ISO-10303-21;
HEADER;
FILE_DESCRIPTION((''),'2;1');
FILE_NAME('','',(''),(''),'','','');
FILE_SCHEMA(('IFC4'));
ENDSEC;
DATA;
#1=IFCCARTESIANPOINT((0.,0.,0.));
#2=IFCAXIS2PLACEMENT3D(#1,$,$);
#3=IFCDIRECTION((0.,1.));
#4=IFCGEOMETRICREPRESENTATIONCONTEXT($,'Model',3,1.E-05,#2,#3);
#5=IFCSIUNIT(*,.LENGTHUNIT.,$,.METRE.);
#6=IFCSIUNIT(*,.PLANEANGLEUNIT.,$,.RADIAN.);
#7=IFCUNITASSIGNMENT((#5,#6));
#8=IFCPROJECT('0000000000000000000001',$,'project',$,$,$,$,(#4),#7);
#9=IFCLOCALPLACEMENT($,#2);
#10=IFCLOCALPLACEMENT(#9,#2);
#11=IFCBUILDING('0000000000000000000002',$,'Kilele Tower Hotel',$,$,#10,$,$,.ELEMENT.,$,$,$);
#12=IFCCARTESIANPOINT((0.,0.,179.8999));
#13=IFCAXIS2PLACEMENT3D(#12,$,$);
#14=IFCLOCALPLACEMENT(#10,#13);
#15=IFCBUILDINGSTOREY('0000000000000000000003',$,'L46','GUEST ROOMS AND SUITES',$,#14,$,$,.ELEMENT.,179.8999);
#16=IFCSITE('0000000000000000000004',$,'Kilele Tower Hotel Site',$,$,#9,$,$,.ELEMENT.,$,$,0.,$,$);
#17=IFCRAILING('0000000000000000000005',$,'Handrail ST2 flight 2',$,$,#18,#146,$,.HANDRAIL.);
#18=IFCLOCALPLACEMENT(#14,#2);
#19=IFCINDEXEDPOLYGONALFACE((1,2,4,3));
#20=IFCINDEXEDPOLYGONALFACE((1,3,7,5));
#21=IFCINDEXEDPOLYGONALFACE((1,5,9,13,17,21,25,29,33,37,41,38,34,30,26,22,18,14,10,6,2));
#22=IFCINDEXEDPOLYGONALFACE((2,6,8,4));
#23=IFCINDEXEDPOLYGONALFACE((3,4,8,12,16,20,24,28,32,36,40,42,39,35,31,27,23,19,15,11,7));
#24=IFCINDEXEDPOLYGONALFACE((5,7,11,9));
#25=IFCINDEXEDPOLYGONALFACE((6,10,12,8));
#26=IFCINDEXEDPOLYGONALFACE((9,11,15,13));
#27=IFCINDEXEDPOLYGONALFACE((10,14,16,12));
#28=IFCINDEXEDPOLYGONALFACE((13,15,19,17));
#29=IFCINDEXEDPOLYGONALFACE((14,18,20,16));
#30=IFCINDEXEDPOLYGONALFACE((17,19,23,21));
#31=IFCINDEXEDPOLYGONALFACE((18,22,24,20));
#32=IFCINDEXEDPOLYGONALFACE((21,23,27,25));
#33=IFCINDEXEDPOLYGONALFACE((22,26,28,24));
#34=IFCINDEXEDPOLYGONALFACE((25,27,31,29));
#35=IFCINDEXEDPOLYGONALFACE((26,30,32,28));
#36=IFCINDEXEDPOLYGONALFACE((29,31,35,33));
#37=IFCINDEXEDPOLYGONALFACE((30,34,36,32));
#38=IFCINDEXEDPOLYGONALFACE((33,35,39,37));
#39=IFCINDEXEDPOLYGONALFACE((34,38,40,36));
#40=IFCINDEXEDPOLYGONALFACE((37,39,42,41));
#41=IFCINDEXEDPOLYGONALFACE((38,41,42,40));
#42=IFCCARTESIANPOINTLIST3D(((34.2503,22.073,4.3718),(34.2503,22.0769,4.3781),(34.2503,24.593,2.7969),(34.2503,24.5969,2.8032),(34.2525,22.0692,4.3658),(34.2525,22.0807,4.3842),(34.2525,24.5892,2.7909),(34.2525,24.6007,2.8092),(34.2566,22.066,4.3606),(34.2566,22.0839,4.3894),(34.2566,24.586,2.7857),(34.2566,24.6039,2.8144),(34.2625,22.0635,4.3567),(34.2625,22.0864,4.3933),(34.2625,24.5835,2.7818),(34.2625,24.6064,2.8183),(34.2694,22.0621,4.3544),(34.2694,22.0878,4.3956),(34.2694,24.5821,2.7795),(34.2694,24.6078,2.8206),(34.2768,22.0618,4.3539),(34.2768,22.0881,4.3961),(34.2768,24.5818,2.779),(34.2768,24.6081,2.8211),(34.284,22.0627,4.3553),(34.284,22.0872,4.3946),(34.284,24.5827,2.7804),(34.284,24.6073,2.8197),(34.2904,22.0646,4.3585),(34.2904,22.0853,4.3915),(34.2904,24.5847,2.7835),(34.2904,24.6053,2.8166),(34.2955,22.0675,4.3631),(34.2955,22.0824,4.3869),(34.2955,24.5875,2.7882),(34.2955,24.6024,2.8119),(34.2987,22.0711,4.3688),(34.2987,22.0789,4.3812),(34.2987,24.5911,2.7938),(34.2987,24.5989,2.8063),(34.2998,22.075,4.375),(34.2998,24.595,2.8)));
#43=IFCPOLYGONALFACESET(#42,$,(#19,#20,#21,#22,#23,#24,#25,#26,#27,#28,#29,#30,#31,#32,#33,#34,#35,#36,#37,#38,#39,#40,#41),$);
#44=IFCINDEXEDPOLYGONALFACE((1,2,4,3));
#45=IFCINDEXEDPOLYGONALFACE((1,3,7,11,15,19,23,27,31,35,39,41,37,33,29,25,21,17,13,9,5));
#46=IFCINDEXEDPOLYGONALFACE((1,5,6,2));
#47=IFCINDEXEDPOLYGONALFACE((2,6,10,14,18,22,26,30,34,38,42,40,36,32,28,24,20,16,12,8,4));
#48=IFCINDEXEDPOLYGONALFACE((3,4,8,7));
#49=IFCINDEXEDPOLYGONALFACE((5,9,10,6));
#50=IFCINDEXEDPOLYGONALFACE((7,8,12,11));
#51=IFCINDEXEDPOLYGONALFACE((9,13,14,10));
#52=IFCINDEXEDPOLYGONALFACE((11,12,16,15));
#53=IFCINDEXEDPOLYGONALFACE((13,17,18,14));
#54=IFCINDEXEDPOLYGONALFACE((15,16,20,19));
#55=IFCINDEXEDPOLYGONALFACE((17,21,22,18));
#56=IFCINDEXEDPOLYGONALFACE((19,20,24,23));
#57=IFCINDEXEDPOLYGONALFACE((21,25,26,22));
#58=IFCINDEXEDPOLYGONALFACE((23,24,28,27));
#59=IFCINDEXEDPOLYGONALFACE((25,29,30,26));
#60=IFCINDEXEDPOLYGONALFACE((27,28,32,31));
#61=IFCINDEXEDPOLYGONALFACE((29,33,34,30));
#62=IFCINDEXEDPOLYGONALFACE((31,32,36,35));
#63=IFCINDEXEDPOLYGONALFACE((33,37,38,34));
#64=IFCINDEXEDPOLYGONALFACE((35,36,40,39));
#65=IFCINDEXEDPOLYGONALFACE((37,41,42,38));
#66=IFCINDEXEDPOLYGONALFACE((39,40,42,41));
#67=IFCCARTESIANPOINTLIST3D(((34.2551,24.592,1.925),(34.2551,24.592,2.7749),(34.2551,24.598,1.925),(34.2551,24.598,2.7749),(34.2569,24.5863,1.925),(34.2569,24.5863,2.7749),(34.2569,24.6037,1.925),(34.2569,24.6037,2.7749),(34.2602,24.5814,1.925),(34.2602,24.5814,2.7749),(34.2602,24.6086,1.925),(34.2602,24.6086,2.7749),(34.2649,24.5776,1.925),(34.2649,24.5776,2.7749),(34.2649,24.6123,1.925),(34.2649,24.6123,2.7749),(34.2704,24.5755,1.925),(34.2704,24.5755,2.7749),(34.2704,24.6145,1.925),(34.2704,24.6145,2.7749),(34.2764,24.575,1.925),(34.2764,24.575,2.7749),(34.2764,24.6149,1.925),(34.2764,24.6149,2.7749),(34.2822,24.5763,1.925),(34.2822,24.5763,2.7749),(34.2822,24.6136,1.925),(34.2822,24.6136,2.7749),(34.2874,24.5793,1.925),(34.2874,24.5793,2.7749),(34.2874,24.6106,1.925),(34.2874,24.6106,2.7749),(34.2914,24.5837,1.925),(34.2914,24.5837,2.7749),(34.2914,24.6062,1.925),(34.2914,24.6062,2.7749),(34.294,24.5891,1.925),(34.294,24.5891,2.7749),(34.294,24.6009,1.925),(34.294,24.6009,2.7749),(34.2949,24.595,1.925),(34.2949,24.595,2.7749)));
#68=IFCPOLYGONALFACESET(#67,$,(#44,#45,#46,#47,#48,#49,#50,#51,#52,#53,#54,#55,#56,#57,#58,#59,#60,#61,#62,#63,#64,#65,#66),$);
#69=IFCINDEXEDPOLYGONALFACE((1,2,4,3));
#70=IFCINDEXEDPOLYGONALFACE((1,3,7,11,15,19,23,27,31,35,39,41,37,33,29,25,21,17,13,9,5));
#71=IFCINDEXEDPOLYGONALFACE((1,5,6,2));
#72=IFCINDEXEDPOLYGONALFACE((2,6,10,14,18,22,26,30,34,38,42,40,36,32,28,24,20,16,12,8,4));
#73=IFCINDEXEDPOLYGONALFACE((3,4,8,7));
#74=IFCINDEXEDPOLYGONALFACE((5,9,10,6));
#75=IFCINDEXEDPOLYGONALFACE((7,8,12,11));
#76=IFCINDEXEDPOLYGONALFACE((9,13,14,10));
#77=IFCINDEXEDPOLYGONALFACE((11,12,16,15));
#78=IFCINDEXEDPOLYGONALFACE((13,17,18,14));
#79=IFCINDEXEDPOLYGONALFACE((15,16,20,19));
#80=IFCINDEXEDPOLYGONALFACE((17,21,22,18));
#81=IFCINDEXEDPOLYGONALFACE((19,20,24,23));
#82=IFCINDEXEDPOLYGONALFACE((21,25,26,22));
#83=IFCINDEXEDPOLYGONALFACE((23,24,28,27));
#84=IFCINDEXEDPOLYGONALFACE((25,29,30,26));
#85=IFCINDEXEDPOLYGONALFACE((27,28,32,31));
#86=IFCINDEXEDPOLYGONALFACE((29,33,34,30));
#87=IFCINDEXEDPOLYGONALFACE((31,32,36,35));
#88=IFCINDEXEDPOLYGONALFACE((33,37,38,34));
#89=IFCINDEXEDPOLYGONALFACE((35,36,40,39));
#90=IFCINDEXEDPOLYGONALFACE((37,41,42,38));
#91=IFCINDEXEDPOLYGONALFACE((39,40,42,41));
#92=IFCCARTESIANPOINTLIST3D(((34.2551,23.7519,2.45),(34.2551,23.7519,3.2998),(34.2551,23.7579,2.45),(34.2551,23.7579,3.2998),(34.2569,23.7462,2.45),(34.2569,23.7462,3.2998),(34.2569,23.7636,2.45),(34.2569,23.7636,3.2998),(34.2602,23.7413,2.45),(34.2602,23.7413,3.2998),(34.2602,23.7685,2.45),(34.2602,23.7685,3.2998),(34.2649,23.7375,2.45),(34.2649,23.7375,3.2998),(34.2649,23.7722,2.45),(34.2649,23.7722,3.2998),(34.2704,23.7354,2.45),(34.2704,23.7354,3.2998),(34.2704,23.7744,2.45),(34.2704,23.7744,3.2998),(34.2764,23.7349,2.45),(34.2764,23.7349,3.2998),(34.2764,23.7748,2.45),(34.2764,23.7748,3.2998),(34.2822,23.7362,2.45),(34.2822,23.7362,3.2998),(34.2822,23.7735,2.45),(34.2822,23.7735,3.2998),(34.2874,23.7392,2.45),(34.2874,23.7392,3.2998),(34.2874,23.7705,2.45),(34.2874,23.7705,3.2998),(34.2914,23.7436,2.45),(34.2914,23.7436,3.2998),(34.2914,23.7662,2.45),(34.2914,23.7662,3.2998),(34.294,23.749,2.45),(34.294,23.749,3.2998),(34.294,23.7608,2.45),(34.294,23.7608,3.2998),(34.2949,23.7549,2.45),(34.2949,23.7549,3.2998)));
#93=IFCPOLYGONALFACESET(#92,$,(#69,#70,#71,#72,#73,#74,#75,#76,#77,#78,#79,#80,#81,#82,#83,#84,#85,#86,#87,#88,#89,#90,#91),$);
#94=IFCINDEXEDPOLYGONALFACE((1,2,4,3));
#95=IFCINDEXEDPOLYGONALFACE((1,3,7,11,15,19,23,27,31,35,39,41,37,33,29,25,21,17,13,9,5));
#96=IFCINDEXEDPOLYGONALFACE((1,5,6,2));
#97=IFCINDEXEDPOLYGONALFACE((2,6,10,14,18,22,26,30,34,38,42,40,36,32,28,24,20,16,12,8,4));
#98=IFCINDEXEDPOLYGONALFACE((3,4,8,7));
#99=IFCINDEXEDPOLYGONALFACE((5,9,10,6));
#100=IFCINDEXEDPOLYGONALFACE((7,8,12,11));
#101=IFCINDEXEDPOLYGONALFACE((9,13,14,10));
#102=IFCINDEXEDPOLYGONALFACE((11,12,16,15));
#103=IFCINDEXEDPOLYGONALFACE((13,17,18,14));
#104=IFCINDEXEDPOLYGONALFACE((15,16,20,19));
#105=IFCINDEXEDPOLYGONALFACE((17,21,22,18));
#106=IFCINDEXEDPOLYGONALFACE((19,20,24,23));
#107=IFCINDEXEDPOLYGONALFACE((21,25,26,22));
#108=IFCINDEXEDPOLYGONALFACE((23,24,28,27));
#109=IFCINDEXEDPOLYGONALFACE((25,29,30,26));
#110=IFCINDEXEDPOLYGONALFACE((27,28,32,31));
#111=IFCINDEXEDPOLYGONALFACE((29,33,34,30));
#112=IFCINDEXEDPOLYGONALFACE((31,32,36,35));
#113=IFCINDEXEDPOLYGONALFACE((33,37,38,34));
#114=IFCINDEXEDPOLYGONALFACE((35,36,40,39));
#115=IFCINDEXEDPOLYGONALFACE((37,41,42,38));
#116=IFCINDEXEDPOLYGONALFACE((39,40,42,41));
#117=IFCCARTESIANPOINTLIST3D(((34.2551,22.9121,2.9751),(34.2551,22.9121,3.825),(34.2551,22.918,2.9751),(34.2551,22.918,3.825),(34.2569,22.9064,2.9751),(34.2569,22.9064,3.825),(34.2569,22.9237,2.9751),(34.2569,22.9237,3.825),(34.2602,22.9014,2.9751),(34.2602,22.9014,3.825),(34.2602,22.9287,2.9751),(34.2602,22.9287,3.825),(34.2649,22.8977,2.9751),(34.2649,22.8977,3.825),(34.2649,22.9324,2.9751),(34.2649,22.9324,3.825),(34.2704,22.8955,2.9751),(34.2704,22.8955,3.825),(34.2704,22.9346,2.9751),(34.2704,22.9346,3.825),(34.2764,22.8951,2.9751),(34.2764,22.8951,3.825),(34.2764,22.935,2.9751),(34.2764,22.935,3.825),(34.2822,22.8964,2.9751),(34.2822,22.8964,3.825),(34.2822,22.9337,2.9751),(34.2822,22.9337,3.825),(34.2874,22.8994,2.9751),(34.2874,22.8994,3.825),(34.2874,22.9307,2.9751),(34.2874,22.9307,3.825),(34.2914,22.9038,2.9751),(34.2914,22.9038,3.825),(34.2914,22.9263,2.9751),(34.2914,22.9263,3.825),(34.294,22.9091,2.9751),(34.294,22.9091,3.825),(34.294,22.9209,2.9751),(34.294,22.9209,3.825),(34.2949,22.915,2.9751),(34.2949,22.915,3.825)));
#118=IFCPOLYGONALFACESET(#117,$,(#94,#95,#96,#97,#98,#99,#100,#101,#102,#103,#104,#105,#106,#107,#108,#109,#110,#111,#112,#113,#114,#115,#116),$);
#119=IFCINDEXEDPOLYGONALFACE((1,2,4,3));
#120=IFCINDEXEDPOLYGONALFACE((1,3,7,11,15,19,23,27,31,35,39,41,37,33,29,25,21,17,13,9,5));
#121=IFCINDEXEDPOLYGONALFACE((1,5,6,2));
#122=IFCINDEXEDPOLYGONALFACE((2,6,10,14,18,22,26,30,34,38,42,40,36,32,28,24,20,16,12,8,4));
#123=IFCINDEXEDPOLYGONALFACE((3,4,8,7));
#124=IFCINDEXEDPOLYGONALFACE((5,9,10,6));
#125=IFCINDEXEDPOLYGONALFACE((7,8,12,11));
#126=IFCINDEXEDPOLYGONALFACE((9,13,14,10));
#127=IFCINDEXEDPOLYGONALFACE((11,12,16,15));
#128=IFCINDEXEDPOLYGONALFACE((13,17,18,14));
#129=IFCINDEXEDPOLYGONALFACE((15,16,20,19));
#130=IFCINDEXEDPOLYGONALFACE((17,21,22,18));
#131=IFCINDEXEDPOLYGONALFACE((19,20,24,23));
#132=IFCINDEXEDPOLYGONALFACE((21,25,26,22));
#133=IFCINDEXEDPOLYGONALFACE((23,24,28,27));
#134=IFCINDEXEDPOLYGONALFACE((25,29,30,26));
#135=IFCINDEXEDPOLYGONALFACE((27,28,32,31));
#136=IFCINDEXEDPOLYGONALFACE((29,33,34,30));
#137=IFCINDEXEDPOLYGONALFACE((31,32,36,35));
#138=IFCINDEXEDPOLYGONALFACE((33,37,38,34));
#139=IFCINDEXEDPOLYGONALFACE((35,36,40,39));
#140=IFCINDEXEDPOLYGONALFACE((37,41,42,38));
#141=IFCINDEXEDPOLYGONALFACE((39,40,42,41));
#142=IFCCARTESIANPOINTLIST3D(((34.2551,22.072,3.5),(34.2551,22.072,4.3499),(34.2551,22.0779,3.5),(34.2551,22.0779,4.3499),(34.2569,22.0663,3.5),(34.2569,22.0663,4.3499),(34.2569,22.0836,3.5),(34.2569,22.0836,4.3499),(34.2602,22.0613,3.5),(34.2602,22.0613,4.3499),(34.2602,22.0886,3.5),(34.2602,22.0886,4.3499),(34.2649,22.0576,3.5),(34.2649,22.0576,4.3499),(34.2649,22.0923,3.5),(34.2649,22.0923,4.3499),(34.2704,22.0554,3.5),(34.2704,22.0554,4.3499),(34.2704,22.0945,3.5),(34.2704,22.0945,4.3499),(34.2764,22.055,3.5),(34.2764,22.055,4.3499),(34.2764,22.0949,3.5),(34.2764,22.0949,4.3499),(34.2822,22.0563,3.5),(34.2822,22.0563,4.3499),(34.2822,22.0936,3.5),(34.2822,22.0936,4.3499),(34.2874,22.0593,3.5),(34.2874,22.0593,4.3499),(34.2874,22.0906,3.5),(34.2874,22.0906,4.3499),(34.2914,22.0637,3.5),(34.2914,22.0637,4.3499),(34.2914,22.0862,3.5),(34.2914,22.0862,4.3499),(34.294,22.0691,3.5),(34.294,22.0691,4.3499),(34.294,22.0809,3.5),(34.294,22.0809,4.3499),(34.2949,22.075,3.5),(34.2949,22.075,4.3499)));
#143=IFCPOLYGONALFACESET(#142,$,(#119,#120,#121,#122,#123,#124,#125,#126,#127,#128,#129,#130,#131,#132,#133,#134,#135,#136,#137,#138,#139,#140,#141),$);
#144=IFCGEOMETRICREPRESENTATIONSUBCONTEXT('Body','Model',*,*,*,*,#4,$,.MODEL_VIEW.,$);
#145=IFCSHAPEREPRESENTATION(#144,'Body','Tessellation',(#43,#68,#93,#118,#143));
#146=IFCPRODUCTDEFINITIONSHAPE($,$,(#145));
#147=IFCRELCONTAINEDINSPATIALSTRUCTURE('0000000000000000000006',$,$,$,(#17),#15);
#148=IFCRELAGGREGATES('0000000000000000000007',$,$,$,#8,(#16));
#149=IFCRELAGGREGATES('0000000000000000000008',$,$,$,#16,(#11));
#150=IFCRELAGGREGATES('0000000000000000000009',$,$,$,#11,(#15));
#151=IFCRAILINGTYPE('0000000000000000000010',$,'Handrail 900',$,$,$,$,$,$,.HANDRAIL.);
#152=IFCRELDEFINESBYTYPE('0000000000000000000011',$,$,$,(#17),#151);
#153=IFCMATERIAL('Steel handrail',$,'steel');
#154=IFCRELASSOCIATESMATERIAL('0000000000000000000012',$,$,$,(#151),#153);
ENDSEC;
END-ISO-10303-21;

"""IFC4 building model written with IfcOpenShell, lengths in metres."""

from ifc_helpers import new_model, si_unit, direction, frame, origin, origin_2d, place, context, subcontext, project, spatial, circle, extrude, material, type_object, element, save


model = new_model("IFC4")

# Units and contexts
model_context = context("Model", 3, precision=1e-05, world=origin(), true_north=direction((0.0, 1.0)))
body_context = subcontext(model_context, "Body", "Model", "MODEL_VIEW")
ifc_project = project(units=[si_unit("LENGTHUNIT", "METRE"), si_unit("PLANEANGLEUNIT", "RADIAN")], contexts=[model_context])

# Site, building, storey
site_placement = place(None, origin())
site = spatial("IfcSite", under=ifc_project, at=site_placement, Name="Kilele Tower Hotel Site", CompositionType="ELEMENT", RefElevation=0.0)
building_placement = place(site_placement, origin())
building = spatial("IfcBuilding", under=site, at=building_placement, Name="Kilele Tower Hotel", CompositionType="ELEMENT")
storey_placement = place(building_placement, frame((0.0, 0.0, 179.8999)))
storey = spatial("IfcBuildingStorey", under=building, at=storey_placement, Name="L46", Description="GUEST ROOMS AND SUITES", CompositionType="ELEMENT", Elevation=179.8999)

# Railing
ifc_material_1 = material(Name="Steel handrail", Category="steel")
railing_type_1 = type_object("IfcRailingType", Name="Handrail 900", PredefinedType="HANDRAIL", material=ifc_material_1)
for number, where, name in (
    (1, (34.2749, 24.595, 1.925), "Handrail ST2 flight 2"),
):
    element("IfcRailing", number, at=place(storey_placement, frame(where)), inside=storey, type_object=railing_type_1, Name=name, PredefinedType="HANDRAIL", context=body_context, shape_type="SweptSolid", body=[
        extrude(circle(Radius=0.0249, at=origin_2d()), frame((0.0, 0.0, 0.875), z_axis=(0.0, -0.848008, 0.529984), x_axis=(1.0, 0.0, 0.0)), (0.0, 0.0, 1.0), 2.9717),
        extrude(circle(Radius=0.02, at=origin_2d()), origin(), (0.0, 0.0, 1.0), 0.8499),
        extrude(circle(Radius=0.02, at=origin_2d()), frame((0.0, -0.8401, 0.5249)), (0.0, 0.0, 1.0), 0.8499),
        extrude(circle(Radius=0.02, at=origin_2d()), frame((0.0, -1.6799, 1.05)), (0.0, 0.0, 1.0), 0.8499),
        extrude(circle(Radius=0.02, at=origin_2d()), frame((0.0, -2.52, 1.575)), (0.0, 0.0, 1.0), 0.8499),
    ])

save(model, "model.ifc")
